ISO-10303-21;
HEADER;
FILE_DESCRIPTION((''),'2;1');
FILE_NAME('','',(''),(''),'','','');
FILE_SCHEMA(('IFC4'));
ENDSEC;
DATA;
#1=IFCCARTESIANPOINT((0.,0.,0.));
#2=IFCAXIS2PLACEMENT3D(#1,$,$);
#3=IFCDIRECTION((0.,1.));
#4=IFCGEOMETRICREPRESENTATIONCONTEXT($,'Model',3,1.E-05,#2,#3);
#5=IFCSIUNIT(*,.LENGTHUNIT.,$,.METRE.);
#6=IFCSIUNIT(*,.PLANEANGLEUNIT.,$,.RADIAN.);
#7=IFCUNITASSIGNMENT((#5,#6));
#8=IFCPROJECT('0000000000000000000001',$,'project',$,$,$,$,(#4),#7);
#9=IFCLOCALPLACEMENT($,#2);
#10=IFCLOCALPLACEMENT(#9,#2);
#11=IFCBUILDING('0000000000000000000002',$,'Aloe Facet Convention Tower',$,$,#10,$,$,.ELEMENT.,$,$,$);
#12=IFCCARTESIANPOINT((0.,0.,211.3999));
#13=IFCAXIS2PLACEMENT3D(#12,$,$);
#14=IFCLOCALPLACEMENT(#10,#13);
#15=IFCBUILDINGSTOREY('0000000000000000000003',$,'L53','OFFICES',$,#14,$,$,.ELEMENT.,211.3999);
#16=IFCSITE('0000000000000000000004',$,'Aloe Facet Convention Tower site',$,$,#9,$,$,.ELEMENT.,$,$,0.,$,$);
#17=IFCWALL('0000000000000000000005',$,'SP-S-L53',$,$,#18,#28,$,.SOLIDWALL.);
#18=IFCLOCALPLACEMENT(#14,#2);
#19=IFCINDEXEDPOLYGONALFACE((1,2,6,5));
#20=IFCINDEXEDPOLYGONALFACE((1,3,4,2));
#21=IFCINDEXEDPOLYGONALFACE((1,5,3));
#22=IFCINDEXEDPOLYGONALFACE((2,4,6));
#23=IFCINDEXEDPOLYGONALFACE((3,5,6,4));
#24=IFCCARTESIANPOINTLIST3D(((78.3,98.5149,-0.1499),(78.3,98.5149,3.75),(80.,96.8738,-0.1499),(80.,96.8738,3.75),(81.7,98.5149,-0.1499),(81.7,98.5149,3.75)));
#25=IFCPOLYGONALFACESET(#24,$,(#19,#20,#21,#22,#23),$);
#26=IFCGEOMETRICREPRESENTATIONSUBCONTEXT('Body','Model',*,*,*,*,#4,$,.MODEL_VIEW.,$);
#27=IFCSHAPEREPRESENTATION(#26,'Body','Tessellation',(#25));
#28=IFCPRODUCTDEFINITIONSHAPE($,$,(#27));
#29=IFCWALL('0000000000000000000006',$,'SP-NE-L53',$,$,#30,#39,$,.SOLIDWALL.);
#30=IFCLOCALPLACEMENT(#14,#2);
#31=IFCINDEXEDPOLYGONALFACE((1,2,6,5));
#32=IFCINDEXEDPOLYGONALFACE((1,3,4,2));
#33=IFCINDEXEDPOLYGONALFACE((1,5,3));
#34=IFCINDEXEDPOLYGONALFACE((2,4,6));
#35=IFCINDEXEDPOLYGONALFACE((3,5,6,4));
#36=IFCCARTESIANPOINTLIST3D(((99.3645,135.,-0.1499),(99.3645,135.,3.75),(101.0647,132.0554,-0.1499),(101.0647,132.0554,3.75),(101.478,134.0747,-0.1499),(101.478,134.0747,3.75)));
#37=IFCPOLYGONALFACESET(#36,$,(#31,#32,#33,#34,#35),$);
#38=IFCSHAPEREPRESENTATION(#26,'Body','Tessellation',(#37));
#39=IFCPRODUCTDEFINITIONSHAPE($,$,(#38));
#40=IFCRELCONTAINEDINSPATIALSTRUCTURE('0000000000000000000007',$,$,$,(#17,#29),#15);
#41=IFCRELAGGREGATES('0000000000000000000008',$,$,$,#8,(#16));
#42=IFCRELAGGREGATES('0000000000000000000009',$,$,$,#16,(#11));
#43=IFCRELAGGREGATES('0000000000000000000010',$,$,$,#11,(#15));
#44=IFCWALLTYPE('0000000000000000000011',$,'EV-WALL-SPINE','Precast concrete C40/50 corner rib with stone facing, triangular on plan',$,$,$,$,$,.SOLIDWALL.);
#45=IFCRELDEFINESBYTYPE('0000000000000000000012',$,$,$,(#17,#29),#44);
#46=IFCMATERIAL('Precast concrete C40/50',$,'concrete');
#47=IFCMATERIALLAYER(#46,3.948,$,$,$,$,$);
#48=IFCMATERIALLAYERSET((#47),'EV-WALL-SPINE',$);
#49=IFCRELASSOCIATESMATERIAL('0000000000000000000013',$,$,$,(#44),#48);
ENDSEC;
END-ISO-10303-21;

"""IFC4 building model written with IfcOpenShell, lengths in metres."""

from ifc_helpers import new_model, si_unit, direction, frame, origin, place, context, subcontext, project, spatial, polyline, outline, extrude, material, layer, layer_set, type_object, element, save


model = new_model("IFC4")

# Units and contexts
model_context = context("Model", 3, precision=1e-05, world=origin(), true_north=direction((0.0, 1.0)))
body_context = subcontext(model_context, "Body", "Model", "MODEL_VIEW")
ifc_project = project(units=[si_unit("LENGTHUNIT", "METRE"), si_unit("PLANEANGLEUNIT", "RADIAN")], contexts=[model_context])

# Site, building, storey
site_placement = place(None, origin())
site = spatial("IfcSite", under=ifc_project, at=site_placement, Name="Aloe Facet Convention Tower site", CompositionType="ELEMENT", RefElevation=0.0)
building_placement = place(site_placement, origin())
building = spatial("IfcBuilding", under=site, at=building_placement, Name="Aloe Facet Convention Tower", CompositionType="ELEMENT")
storey_placement = place(building_placement, frame((0.0, 0.0, 211.3999)))
storey = spatial("IfcBuildingStorey", under=building, at=storey_placement, Name="L53", Description="OFFICES", CompositionType="ELEMENT", Elevation=211.3999)

# Walls
ifc_material_1 = material(Name="Precast concrete C40/50", Category="concrete")
ifc_layer_1 = layer(ifc_material_1, 3.948)
ifc_layer_set_1 = layer_set([ifc_layer_1], Name="EV-WALL-SPINE")
wall_type_1 = type_object("IfcWallType", Name="EV-WALL-SPINE", Description="Precast concrete C40/50 corner rib with stone facing, triangular on plan", PredefinedType="SOLIDWALL", material=ifc_layer_set_1)
wall_1_placement = place(storey_placement, frame((0.0, 0.0, -0.1499)))
element("IfcWall", 1, at=wall_1_placement, inside=storey, type_object=wall_type_1, Name="SP-S-L53", PredefinedType="SOLIDWALL", context=body_context, shape_type="SweptSolid", body=[
    extrude(outline(polyline([(78.3, 98.5149), (80.0, 96.8738), (81.7, 98.5149), (78.3, 98.5149)])), origin(), (0.0, 0.0, 1.0), 3.8999),
])
wall_2_placement = place(storey_placement, frame((0.0, 0.0, -0.1499)))
element("IfcWall", 2, at=wall_2_placement, inside=storey, type_object=wall_type_1, Name="SP-NE-L53", PredefinedType="SOLIDWALL", context=body_context, shape_type="SweptSolid", body=[
    extrude(outline(polyline([(101.0647, 132.0554), (101.478, 134.0747), (99.3645, 135.0), (101.0647, 132.0554)])), origin(), (0.0, 0.0, 1.0), 3.8999),
])

save(model, "model.ifc")
